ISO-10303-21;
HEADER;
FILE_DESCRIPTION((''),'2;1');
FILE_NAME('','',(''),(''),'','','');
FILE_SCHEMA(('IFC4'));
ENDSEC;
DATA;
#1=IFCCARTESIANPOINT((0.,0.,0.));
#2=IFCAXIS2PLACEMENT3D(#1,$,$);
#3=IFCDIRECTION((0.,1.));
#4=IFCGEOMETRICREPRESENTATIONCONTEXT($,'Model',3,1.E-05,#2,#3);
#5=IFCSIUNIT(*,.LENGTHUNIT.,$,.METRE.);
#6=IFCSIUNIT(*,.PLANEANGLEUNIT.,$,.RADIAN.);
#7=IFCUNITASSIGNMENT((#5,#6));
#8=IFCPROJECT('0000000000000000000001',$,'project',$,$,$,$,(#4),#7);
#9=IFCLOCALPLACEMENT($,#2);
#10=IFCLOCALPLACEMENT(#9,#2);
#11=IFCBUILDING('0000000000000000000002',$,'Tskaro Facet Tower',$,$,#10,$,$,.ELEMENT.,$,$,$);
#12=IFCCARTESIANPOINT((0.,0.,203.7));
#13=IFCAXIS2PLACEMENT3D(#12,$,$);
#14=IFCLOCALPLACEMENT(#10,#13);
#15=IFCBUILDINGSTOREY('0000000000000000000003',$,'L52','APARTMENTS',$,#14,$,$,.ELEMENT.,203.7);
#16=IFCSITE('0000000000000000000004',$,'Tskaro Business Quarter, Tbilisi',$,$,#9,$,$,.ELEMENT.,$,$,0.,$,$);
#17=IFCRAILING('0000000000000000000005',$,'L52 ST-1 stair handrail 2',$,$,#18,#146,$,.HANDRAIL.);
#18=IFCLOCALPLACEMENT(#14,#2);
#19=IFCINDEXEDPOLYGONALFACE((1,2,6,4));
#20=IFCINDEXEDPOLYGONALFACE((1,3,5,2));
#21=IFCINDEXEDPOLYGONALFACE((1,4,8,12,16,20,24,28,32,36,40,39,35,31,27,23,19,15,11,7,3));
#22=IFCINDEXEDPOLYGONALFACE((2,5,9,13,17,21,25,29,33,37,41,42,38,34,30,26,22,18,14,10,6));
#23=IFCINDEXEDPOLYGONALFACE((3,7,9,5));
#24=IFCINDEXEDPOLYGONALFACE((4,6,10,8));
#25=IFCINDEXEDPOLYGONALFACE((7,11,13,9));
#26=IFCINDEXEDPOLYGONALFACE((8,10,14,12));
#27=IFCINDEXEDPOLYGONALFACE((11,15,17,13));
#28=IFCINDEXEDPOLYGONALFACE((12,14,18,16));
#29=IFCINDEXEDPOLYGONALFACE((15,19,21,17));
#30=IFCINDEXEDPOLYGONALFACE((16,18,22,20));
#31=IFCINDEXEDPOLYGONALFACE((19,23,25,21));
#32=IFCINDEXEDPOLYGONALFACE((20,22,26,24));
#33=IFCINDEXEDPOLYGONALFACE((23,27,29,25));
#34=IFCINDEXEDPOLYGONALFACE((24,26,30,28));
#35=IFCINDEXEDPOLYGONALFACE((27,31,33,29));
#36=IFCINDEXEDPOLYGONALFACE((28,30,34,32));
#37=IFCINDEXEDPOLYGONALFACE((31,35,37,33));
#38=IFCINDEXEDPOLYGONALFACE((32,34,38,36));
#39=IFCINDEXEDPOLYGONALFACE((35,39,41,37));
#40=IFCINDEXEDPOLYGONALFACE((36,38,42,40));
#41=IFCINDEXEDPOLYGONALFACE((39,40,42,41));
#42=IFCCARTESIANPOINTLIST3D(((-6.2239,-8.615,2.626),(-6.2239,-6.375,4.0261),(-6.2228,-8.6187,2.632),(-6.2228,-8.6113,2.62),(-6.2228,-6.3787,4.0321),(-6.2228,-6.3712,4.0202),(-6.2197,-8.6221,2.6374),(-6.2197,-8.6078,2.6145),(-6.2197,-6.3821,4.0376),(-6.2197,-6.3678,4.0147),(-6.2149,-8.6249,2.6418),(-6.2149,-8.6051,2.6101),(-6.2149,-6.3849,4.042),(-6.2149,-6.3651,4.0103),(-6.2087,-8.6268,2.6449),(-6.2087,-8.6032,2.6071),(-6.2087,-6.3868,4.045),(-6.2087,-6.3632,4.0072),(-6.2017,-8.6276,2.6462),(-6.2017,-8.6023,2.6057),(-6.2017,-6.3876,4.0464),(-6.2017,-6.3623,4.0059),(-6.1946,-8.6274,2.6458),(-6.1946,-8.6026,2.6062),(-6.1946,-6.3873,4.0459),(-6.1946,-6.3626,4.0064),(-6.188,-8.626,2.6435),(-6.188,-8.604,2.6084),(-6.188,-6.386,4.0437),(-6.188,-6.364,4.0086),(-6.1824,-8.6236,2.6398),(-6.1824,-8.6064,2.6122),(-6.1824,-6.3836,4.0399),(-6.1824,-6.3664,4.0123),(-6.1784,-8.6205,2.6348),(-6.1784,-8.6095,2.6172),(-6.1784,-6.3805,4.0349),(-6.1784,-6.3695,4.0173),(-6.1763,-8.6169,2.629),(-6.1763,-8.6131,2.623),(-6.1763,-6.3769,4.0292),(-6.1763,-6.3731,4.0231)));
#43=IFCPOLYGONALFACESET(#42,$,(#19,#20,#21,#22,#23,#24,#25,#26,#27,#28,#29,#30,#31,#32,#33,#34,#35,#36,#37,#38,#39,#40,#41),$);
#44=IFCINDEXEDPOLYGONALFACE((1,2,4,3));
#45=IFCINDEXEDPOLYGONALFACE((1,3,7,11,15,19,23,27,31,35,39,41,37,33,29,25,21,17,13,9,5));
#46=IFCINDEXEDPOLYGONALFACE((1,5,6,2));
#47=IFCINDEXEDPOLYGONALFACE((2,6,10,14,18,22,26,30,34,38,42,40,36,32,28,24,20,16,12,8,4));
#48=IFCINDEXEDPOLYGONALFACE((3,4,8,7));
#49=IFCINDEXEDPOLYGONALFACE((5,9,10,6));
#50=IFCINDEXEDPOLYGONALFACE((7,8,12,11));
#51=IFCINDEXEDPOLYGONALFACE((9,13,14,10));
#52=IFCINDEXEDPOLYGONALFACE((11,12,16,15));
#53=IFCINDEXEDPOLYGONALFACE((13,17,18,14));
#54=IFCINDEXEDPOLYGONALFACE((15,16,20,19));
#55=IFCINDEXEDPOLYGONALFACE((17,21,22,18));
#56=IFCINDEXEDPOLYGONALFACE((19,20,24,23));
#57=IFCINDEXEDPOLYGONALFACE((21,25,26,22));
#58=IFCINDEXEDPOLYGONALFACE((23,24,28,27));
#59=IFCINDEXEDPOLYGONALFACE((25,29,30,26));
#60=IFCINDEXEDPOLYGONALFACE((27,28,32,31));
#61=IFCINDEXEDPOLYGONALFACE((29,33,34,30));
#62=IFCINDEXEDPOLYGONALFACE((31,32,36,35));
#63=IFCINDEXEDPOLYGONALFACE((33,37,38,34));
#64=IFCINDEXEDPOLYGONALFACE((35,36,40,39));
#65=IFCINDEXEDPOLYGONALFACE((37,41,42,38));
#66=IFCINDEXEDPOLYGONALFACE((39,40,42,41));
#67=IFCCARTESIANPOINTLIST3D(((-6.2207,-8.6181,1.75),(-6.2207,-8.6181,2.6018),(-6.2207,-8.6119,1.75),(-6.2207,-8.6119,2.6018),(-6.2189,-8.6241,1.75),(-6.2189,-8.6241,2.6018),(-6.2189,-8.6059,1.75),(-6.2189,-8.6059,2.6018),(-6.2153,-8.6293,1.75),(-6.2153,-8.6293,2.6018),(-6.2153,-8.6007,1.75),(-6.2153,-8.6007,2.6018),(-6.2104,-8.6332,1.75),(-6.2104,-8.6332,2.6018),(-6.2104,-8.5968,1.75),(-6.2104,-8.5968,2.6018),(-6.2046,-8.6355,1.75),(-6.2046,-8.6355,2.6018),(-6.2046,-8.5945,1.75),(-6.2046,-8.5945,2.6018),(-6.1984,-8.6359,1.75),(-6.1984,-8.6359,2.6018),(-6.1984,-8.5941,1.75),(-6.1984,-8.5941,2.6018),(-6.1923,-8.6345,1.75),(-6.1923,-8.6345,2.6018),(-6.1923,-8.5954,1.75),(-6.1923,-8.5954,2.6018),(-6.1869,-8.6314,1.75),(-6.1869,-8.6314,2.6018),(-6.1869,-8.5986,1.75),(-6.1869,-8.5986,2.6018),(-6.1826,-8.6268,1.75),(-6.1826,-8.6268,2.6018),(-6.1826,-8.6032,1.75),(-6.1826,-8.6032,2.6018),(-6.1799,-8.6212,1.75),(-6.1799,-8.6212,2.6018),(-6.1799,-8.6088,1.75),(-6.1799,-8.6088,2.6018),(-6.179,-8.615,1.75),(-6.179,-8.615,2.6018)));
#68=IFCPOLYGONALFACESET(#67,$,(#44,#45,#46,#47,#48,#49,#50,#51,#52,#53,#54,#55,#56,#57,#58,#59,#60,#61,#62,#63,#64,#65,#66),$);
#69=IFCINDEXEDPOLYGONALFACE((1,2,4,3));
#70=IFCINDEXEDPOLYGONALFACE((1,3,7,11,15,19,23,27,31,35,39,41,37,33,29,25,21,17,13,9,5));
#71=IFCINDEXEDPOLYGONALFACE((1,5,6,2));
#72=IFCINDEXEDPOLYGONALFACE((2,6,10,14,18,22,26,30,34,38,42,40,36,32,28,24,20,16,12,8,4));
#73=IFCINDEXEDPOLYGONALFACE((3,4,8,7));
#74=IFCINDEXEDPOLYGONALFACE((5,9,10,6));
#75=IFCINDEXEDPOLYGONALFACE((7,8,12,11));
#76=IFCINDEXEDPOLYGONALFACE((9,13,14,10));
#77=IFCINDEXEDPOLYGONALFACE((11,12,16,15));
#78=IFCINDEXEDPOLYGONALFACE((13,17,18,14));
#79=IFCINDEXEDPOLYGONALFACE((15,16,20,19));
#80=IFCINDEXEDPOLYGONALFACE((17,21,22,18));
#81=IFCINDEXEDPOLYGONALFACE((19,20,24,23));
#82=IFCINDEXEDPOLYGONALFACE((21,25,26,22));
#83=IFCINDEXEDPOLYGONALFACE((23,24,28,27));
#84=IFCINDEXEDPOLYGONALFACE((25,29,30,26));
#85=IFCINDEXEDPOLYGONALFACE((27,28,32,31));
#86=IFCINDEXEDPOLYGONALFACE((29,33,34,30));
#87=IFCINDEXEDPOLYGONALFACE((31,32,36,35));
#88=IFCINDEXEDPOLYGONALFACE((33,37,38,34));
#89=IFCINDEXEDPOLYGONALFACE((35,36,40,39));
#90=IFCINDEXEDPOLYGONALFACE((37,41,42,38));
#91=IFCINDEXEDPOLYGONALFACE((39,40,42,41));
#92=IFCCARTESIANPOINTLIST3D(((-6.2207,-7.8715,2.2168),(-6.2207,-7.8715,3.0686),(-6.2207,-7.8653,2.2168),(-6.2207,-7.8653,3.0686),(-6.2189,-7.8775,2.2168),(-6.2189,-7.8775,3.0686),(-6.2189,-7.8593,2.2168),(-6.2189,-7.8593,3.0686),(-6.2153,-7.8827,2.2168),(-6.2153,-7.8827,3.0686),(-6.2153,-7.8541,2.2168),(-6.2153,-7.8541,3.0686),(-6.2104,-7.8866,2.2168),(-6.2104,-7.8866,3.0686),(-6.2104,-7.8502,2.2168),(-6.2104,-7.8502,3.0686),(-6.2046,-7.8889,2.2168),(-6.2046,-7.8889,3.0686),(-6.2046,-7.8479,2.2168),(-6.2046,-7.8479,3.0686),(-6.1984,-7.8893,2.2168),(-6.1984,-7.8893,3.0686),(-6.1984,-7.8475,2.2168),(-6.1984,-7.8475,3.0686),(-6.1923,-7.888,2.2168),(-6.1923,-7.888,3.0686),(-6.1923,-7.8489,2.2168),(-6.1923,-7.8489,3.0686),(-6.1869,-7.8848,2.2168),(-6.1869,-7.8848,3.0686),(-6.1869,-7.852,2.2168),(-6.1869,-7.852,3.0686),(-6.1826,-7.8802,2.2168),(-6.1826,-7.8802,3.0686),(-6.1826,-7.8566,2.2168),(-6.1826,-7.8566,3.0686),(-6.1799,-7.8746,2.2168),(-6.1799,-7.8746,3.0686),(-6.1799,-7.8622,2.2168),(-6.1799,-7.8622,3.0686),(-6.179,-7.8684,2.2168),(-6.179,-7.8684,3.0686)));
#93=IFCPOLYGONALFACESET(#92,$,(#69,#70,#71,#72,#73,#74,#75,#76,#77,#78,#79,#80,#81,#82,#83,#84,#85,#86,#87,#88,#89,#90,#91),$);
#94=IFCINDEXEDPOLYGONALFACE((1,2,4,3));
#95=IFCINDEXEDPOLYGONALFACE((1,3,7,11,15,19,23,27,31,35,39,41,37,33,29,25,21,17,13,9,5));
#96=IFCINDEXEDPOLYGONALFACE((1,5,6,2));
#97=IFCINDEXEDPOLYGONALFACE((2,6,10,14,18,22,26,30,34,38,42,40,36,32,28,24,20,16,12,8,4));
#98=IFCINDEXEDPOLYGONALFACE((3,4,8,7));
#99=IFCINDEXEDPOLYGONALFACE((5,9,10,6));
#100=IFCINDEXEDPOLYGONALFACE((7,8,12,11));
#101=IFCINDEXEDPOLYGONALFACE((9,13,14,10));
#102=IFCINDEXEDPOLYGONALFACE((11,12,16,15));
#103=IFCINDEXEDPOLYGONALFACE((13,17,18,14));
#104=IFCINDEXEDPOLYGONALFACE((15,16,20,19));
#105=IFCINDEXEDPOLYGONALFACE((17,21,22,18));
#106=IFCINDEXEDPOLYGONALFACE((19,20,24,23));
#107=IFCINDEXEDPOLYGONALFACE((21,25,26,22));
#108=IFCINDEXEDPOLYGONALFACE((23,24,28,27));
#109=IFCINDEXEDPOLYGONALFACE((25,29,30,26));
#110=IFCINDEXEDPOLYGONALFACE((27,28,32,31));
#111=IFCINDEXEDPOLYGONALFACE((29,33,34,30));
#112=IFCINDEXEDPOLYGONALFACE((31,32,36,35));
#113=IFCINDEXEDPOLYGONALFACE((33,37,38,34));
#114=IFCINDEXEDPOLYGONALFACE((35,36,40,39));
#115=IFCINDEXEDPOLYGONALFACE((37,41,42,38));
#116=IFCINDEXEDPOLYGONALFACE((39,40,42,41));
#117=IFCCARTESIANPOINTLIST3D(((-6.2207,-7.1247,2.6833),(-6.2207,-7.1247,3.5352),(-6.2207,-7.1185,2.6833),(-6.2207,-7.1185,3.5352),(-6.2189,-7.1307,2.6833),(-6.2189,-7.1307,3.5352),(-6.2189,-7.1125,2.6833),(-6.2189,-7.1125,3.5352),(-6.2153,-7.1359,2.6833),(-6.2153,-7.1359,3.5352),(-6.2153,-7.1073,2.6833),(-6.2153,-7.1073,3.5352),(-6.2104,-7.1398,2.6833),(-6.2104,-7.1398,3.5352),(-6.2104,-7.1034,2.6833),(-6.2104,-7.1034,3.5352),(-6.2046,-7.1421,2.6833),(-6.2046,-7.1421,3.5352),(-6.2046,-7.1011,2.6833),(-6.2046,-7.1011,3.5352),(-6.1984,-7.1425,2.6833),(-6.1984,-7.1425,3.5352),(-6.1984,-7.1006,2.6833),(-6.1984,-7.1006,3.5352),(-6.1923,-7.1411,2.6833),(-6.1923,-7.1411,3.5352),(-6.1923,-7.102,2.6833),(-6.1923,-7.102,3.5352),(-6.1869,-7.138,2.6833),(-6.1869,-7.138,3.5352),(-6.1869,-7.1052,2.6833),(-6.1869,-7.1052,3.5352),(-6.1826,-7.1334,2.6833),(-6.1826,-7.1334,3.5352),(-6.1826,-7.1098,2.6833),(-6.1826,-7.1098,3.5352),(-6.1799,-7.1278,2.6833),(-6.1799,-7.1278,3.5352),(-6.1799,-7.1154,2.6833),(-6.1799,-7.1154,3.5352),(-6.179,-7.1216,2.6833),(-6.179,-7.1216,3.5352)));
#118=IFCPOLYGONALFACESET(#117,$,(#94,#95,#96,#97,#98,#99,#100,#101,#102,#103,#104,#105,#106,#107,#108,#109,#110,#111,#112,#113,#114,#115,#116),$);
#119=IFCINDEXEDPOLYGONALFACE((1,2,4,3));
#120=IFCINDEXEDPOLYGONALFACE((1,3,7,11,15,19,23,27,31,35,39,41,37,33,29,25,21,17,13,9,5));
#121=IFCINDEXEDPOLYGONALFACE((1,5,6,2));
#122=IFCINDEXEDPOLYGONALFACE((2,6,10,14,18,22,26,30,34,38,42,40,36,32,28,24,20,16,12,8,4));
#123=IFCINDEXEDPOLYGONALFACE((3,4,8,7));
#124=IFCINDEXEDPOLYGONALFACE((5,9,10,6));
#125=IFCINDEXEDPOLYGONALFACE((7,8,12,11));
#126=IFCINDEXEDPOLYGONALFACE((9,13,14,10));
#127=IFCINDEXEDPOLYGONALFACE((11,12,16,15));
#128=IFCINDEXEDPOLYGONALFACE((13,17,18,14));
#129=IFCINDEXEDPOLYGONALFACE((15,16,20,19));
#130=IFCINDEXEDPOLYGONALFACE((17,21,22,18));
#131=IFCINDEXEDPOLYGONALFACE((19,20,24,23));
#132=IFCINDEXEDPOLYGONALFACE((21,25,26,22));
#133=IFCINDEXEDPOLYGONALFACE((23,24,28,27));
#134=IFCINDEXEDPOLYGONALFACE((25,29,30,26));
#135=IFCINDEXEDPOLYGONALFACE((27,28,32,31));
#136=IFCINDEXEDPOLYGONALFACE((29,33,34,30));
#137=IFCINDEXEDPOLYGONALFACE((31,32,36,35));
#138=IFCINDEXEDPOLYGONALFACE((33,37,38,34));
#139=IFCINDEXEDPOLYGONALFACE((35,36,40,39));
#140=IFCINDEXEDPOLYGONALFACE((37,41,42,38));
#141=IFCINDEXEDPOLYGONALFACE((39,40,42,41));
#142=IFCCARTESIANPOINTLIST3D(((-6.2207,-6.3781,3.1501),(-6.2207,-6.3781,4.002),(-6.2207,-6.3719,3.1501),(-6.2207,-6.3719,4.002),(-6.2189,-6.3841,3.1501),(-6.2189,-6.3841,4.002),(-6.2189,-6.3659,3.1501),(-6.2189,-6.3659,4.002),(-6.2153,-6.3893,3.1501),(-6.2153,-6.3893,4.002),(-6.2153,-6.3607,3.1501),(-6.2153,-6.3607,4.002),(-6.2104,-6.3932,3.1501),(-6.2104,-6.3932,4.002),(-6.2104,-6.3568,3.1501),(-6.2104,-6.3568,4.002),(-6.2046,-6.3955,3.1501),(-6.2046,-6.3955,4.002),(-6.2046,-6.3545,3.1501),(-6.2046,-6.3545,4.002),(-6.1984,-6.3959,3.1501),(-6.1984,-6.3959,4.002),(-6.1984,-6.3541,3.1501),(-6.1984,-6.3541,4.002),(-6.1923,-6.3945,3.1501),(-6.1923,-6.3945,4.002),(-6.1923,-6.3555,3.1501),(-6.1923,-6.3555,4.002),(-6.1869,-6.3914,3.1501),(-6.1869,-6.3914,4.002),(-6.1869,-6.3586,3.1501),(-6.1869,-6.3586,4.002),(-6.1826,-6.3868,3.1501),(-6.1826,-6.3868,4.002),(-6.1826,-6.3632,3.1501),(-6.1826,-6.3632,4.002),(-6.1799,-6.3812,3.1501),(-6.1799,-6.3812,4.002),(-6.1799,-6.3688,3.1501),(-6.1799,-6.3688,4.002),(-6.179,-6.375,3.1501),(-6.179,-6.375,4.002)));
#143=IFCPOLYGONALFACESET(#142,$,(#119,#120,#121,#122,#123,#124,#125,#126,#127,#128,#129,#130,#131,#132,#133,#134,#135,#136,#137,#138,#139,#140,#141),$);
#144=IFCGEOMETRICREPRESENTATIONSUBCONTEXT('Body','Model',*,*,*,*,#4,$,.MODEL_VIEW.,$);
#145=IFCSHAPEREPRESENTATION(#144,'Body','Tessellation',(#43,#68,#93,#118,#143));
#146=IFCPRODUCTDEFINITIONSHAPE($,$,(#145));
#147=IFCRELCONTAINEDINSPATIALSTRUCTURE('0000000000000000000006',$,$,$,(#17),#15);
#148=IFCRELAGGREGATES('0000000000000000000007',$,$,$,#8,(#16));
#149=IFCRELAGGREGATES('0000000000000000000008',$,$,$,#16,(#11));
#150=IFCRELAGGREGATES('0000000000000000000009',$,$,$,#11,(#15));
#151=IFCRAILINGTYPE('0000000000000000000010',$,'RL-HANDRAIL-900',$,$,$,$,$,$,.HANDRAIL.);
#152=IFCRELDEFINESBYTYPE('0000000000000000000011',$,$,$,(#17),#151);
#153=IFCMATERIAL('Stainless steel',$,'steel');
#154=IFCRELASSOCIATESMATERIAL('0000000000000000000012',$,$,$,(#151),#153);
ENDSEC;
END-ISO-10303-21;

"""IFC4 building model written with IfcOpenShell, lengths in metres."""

from ifc_helpers import new_model, si_unit, direction, frame, origin, origin_2d, place, context, subcontext, project, spatial, circle, extrude, material, type_object, element, save


model = new_model("IFC4")

# Units and contexts
model_context = context("Model", 3, precision=1e-05, world=origin(), true_north=direction((0.0, 1.0)))
body_context = subcontext(model_context, "Body", "Model", "MODEL_VIEW")
ifc_project = project(units=[si_unit("LENGTHUNIT", "METRE"), si_unit("PLANEANGLEUNIT", "RADIAN")], contexts=[model_context])

# Site, building, storey
site_placement = place(None, origin())
site = spatial("IfcSite", under=ifc_project, at=site_placement, Name="Tskaro Business Quarter, Tbilisi", CompositionType="ELEMENT", RefElevation=0.0)
building_placement = place(site_placement, origin())
building = spatial("IfcBuilding", under=site, at=building_placement, Name="Tskaro Facet Tower", CompositionType="ELEMENT")
storey_placement = place(building_placement, frame((0.0, 0.0, 203.7)))
storey = spatial("IfcBuildingStorey", under=building, at=storey_placement, Name="L52", Description="APARTMENTS", CompositionType="ELEMENT", Elevation=203.7)

# Shared definitions
ifc_material_1 = material(Name="Stainless steel", Category="steel")

# Railing
railing_type_1 = type_object("IfcRailingType", Name="RL-HANDRAIL-900", PredefinedType="HANDRAIL", material=ifc_material_1)
railing_1_placement = place(storey_placement, frame((-6.2, -8.615, 1.75)))
element("IfcRailing", 1, at=railing_1_placement, inside=storey, type_object=railing_type_1, Name="L52 ST-1 stair handrail 2", PredefinedType="HANDRAIL", context=body_context, shape_type="SweptSolid", body=[
    extrude(circle(Radius=0.0239, at=origin_2d()), frame((0.0, 0.0, 0.876), z_axis=(0.0, 0.847972, 0.53004), x_axis=(-1.0, 0.0, 0.0)), (0.0, 0.0, 1.0), 2.6416),
    extrude(circle(Radius=0.021, at=origin_2d()), origin(), (0.0, 0.0, 1.0), 0.8518),
    extrude(circle(Radius=0.021, at=origin_2d()), frame((0.0, 0.7466, 0.4668)), (0.0, 0.0, 1.0), 0.8518),
    extrude(circle(Radius=0.021, at=origin_2d()), frame((0.0, 1.4934, 0.9333)), (0.0, 0.0, 1.0), 0.8518),
    extrude(circle(Radius=0.021, at=origin_2d()), frame((0.0, 2.24, 1.4001)), (0.0, 0.0, 1.0), 0.8518),
])

save(model, "model.ifc")
